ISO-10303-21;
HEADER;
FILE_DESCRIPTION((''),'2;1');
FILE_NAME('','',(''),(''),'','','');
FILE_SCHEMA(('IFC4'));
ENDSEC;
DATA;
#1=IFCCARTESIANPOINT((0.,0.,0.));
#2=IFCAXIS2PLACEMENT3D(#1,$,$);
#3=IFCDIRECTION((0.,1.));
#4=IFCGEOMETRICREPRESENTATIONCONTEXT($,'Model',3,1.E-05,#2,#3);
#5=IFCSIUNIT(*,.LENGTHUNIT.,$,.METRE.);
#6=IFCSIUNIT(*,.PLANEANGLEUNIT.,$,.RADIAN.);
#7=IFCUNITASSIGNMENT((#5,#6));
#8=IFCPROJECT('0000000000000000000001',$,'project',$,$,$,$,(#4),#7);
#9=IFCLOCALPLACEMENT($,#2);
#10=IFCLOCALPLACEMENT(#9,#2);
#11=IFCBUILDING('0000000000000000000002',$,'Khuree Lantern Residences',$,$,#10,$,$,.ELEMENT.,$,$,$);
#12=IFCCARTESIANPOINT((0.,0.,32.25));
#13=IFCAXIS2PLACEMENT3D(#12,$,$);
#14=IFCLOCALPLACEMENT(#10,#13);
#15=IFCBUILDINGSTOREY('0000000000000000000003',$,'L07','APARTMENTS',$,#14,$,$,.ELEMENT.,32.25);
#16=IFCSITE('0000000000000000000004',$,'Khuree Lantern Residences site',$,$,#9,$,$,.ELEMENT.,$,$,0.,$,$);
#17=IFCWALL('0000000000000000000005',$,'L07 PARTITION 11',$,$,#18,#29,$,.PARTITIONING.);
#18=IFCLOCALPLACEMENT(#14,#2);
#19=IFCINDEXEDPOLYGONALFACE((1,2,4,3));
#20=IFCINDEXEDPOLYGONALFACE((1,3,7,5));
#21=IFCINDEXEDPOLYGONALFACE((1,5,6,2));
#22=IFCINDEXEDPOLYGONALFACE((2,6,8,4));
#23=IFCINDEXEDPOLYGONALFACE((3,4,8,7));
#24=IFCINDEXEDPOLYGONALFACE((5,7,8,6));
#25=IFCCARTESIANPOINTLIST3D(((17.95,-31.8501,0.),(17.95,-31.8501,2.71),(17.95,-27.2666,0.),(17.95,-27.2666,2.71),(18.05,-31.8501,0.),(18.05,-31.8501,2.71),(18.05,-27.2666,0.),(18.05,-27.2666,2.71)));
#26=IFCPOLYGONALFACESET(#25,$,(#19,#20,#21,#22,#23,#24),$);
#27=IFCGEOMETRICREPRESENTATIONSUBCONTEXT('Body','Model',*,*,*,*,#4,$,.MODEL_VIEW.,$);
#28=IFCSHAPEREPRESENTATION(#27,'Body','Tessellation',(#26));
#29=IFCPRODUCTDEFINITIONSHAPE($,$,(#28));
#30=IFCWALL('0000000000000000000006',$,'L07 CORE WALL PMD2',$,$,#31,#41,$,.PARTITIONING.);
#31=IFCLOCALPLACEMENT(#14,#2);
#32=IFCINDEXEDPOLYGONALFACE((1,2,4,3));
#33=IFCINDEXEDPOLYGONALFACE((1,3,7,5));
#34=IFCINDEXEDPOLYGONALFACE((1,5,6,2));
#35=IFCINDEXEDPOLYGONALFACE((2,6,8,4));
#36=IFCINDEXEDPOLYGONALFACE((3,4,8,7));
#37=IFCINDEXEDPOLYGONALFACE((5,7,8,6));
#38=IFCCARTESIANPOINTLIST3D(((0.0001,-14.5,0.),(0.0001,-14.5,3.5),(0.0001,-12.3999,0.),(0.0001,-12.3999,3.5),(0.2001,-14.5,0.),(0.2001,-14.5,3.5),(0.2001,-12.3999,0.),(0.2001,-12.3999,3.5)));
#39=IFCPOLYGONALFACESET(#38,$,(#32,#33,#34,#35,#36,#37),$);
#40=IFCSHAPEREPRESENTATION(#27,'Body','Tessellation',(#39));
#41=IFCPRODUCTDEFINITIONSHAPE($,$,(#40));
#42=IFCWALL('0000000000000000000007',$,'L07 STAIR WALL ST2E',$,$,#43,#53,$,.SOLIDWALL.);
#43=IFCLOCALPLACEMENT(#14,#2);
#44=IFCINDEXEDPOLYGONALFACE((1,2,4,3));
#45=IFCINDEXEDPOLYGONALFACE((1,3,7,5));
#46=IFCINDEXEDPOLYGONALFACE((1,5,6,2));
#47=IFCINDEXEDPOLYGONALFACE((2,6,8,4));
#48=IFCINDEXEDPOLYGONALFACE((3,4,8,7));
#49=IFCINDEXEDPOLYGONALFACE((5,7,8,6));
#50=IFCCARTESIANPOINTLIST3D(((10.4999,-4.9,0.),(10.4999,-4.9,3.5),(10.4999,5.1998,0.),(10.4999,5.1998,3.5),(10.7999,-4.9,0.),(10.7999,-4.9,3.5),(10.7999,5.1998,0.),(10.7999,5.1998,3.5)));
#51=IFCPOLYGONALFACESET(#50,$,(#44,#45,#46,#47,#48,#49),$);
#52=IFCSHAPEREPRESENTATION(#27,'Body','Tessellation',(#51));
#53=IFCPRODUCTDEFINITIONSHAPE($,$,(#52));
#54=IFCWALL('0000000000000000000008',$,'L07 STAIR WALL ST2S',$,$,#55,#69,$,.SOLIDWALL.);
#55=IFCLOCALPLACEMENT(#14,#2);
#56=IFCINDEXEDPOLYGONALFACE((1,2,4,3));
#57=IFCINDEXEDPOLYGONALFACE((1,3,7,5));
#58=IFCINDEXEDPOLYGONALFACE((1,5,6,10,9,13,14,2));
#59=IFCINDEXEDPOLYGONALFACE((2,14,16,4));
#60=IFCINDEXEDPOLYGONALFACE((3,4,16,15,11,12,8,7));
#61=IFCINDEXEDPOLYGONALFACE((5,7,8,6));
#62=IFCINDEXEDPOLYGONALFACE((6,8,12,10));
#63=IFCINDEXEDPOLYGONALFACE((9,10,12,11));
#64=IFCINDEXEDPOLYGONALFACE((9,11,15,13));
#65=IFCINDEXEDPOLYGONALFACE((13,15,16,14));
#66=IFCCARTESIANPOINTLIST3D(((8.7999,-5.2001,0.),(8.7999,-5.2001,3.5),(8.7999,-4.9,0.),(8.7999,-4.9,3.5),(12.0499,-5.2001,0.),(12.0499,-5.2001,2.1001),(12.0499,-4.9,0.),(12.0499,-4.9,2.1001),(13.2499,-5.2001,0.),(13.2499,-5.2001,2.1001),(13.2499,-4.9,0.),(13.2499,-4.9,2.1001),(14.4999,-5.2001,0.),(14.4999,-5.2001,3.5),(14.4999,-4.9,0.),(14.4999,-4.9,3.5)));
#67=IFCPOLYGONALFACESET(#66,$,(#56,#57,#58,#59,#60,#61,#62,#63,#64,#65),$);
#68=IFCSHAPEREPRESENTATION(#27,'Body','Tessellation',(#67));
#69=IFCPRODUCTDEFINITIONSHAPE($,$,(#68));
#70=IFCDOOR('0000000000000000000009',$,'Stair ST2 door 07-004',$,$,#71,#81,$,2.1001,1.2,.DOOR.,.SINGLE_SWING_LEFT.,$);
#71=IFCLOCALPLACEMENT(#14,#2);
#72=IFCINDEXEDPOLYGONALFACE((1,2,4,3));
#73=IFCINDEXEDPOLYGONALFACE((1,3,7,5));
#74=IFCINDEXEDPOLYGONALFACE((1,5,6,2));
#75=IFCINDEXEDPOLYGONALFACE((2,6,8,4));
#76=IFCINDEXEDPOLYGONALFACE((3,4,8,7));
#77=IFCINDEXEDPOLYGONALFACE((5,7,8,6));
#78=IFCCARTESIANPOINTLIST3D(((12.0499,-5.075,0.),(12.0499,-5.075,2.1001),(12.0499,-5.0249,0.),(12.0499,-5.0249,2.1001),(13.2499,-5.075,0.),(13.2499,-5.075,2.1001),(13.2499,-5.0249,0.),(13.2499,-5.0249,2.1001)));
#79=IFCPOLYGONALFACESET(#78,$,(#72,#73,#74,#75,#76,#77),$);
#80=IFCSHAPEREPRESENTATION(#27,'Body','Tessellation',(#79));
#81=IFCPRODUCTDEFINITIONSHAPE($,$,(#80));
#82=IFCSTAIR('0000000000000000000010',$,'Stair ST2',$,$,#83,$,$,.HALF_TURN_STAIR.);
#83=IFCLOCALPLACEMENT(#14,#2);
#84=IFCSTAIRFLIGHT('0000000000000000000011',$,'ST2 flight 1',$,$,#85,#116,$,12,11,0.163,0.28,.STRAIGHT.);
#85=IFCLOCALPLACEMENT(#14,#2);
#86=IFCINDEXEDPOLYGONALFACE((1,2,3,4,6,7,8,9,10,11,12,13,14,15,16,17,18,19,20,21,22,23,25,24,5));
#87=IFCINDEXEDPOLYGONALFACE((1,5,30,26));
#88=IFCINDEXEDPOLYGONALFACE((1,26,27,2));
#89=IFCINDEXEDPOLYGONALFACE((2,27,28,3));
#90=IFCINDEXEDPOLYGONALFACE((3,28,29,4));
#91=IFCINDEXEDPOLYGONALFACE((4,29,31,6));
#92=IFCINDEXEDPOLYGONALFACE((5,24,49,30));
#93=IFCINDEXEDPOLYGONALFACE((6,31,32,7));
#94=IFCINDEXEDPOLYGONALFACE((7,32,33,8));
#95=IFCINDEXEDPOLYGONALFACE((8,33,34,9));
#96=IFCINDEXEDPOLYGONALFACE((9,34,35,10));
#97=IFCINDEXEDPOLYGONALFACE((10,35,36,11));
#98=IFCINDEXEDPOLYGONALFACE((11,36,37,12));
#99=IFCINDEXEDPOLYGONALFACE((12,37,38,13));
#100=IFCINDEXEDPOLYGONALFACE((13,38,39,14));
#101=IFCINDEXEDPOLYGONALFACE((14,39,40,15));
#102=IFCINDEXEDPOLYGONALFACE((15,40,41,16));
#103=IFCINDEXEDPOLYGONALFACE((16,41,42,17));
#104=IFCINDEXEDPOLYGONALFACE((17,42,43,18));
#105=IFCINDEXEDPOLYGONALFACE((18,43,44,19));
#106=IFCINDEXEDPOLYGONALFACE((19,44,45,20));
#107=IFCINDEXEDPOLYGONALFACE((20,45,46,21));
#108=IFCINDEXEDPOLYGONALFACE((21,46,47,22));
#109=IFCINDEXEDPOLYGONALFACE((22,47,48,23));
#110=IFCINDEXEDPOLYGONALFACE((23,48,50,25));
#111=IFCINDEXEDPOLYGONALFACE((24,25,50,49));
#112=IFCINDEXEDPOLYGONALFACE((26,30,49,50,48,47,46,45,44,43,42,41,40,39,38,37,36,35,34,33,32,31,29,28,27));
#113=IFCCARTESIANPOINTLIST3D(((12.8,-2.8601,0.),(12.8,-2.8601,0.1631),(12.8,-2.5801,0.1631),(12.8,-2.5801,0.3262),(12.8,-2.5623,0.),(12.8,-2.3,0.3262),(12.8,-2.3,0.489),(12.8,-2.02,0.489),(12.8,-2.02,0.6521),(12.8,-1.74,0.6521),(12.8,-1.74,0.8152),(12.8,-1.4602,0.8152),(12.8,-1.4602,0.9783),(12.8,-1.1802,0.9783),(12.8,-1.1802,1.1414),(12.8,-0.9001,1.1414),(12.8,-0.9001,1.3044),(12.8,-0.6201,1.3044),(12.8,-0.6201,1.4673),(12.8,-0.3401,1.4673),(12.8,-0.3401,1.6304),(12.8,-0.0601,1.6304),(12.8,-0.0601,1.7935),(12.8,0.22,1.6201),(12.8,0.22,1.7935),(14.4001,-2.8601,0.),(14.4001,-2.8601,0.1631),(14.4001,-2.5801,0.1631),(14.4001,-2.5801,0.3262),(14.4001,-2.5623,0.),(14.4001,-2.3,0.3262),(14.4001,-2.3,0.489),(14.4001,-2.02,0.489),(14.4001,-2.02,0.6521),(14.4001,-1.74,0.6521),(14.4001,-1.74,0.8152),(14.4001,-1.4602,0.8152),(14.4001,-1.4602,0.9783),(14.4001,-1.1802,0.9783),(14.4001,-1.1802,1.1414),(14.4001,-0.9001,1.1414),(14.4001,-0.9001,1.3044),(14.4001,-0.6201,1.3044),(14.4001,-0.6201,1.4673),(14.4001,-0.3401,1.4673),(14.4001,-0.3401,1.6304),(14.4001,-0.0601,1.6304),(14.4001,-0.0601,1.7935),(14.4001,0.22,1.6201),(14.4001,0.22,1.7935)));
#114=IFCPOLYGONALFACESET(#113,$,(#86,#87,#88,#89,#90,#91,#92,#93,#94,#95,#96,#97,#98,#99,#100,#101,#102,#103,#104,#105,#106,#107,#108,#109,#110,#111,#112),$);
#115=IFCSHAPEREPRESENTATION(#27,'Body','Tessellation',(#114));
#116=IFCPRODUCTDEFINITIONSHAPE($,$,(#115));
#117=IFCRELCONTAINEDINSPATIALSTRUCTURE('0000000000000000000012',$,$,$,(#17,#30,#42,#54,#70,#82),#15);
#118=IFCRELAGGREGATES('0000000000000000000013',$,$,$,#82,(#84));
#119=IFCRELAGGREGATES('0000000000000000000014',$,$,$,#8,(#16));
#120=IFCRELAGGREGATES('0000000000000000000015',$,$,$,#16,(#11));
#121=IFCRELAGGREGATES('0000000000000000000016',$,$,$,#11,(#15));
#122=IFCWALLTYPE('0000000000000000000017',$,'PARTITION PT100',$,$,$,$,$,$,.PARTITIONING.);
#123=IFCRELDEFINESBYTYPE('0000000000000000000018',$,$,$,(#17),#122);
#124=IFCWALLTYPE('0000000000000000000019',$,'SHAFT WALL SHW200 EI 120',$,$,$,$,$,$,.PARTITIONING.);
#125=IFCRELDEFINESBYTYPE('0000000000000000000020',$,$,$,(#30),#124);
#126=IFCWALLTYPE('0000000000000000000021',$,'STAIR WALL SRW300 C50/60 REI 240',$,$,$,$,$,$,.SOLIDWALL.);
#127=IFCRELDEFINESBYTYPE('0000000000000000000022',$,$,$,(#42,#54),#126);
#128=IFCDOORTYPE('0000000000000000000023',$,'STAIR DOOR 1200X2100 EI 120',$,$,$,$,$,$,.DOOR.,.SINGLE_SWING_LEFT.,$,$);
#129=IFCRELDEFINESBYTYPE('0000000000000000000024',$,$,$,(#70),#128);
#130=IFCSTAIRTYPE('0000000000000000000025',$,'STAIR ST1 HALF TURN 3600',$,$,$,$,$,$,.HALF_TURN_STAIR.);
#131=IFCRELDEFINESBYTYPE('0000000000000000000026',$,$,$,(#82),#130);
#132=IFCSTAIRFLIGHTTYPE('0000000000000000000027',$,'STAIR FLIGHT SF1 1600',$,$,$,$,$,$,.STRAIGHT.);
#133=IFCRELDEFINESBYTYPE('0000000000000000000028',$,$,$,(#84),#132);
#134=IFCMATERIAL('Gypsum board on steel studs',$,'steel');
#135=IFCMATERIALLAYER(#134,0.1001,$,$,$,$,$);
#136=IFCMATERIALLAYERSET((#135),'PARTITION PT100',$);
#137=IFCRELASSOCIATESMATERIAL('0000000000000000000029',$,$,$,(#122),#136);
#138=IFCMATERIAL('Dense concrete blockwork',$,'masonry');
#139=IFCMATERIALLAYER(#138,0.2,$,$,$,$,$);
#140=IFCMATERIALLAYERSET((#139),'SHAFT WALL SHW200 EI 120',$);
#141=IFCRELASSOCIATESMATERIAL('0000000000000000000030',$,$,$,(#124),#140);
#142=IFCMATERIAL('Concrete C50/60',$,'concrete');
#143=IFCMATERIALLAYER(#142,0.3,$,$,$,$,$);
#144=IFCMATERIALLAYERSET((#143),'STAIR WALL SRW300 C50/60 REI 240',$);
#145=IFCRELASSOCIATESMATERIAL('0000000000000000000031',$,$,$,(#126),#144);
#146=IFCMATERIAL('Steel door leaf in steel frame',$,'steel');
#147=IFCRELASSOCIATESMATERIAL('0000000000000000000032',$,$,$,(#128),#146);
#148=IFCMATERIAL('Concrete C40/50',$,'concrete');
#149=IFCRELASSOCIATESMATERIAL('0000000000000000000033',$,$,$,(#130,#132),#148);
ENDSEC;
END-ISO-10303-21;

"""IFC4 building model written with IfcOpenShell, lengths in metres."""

from ifc_helpers import new_model, si_unit, direction, frame, frame_2d, origin, place, context, subcontext, project, spatial, polyline, rectangle, outline, extrude, material, layer, layer_set, type_object, element, fill, aggregate, save


model = new_model("IFC4")

# Units and contexts
model_context = context("Model", 3, precision=1e-05, world=origin(), true_north=direction((0.0, 1.0)))
body_context = subcontext(model_context, "Body", "Model", "MODEL_VIEW")
ifc_project = project(units=[si_unit("LENGTHUNIT", "METRE"), si_unit("PLANEANGLEUNIT", "RADIAN")], contexts=[model_context])

# Site, building, storey
site_placement = place(None, origin())
site = spatial("IfcSite", under=ifc_project, at=site_placement, Name="Khuree Lantern Residences site", CompositionType="ELEMENT", RefElevation=0.0)
building_placement = place(site_placement, origin())
building = spatial("IfcBuilding", under=site, at=building_placement, Name="Khuree Lantern Residences", CompositionType="ELEMENT")
storey_placement = place(building_placement, frame((0.0, 0.0, 32.25)))
storey = spatial("IfcBuildingStorey", under=building, at=storey_placement, Name="L07", Description="APARTMENTS", CompositionType="ELEMENT", Elevation=32.25)

# Shared definitions
ifc_material_1 = material(Name="Dense concrete blockwork", Category="masonry")

# Shared definitions
ifc_material_2 = material(Name="Gypsum board on steel studs", Category="steel")

# Shared definitions
ifc_material_3 = material(Name="Steel door leaf in steel frame", Category="steel")

# Walls
ifc_layer_1 = layer(ifc_material_2, 0.1001)
ifc_layer_set_1 = layer_set([ifc_layer_1], Name="PARTITION PT100")
wall_type_1 = type_object("IfcWallType", Name="PARTITION PT100", PredefinedType="PARTITIONING", material=ifc_layer_set_1)
wall_1_placement = place(storey_placement, frame((18.0, -27.2666, 0.0), z_axis=(0.0, 0.0, 1.0), x_axis=(0.0, -1.0, 0.0)))
element("IfcWall", 1, at=wall_1_placement, inside=storey, type_object=wall_type_1, Name="L07 PARTITION 11", PredefinedType="PARTITIONING", context=body_context, shape_type="SweptSolid", body=[
    extrude(rectangle(XDim=4.5835, YDim=0.1001, at=frame_2d((2.2917, 0.0))), origin(), (0.0, 0.0, 1.0), 2.71),
])
ifc_layer_2 = layer(ifc_material_1, 0.2)
ifc_layer_set_2 = layer_set([ifc_layer_2], Name="SHAFT WALL SHW200 EI 120")
wall_type_2 = type_object("IfcWallType", Name="SHAFT WALL SHW200 EI 120", PredefinedType="PARTITIONING", material=ifc_layer_set_2)
wall_2_placement = place(storey_placement, frame((0.1001, -14.5, 0.0), z_axis=(0.0, 0.0, 1.0), x_axis=(0.0, 1.0, 0.0)))
element("IfcWall", 2, at=wall_2_placement, inside=storey, type_object=wall_type_2, Name="L07 CORE WALL PMD2", PredefinedType="PARTITIONING", context=body_context, shape_type="SweptSolid", body=[
    extrude(rectangle(XDim=2.1001, YDim=0.2, at=frame_2d((1.05, 0.0))), origin(), (0.0, 0.0, 1.0), 3.5),
])
ifc_material_4 = material(Name="Concrete C50/60", Category="concrete")
ifc_layer_3 = layer(ifc_material_4, 0.3)
ifc_layer_set_3 = layer_set([ifc_layer_3], Name="STAIR WALL SRW300 C50/60 REI 240")
wall_type_3 = type_object("IfcWallType", Name="STAIR WALL SRW300 C50/60 REI 240", PredefinedType="SOLIDWALL", material=ifc_layer_set_3)
wall_3_placement = place(storey_placement, frame((10.6499, -4.8999, 0.0), z_axis=(0.0, 0.0, 1.0), x_axis=(0.0, 1.0, 0.0)))
element("IfcWall", 3, at=wall_3_placement, inside=storey, type_object=wall_type_3, Name="L07 STAIR WALL ST2E", PredefinedType="SOLIDWALL", context=body_context, shape_type="SweptSolid", body=[
    extrude(rectangle(XDim=10.0999, YDim=0.3, at=frame_2d((5.0498, 0.0))), origin(), (0.0, 0.0, 1.0), 3.5),
])

# Wall, opening, door
wall_4_placement = place(storey_placement, frame((14.5, -5.05, 0.0), z_axis=(0.0, 0.0, 1.0), x_axis=(-1.0, 0.0, 0.0)))
wall_4 = element("IfcWall", 4, at=wall_4_placement, inside=storey, type_object=wall_type_3, Name="L07 STAIR WALL ST2S", PredefinedType="SOLIDWALL", context=body_context, shape_type="SweptSolid", body=[
    extrude(rectangle(XDim=5.7, YDim=0.3, at=frame_2d((2.8501, 0.0))), origin(), (0.0, 0.0, 1.0), 3.5),
])
opening_1_placement = place(wall_4_placement, frame((1.25, 0.0, 0.0)))
opening_1 = element("IfcOpeningElement", 5, at=opening_1_placement, cuts=wall_4, PredefinedType="OPENING", context=body_context, shape_type="SweptSolid", body=[
    extrude(rectangle(XDim=1.2, YDim=2.1001, at=frame_2d((0.6001, 1.05))), frame((0.0, 0.1602, 0.0), z_axis=(0.0, -1.0, 0.0), x_axis=(1.0, 0.0, 0.0)), (0.0, 0.0, 1.0), 0.3201),
])
door_type_1 = type_object("IfcDoorType", Name="STAIR DOOR 1200X2100 EI 120", OperationType="SINGLE_SWING_LEFT", PredefinedType="DOOR", material=ifc_material_3)
door_1_placement = place(opening_1_placement, origin())
door_1 = element("IfcDoor", 6, at=door_1_placement, inside=storey, type_object=door_type_1, Name="Stair ST2 door 07-004", OperationType="SINGLE_SWING_LEFT", OverallHeight=2.1001, OverallWidth=1.2, PredefinedType="DOOR", context=body_context, shape_type="SweptSolid", body=[
    extrude(rectangle(XDim=1.2, YDim=2.1001, at=frame_2d((0.6001, 1.05))), frame((0.0, 0.0249, 0.0), z_axis=(0.0, -1.0, 0.0), x_axis=(1.0, 0.0, 0.0)), (0.0, 0.0, 1.0), 0.05),
])
fill(opening_1, door_1)

# Stair, stair flight
ifc_material_5 = material(Name="Concrete C40/50", Category="concrete")
stair_type = type_object("IfcStairType", Name="STAIR ST1 HALF TURN 3600", PredefinedType="HALF_TURN_STAIR", material=ifc_material_5)
stair_placement = place(storey_placement, origin())
stair = element("IfcStair", 7, at=stair_placement, inside=storey, type_object=stair_type, Name="Stair ST2", PredefinedType="HALF_TURN_STAIR")
stair_flight_type = type_object("IfcStairFlightType", Name="STAIR FLIGHT SF1 1600", PredefinedType="STRAIGHT", material=ifc_material_5)
stair_flight_placement = place(storey_placement, frame((13.6001, -2.8601, 0.0), z_axis=(0.0, 0.0, 1.0), x_axis=(0.0, 1.0, 0.0)))
stair_flight = element("IfcStairFlight", 8, at=stair_flight_placement, type_object=stair_flight_type, Name="ST2 flight 1", NumberOfRisers=12, NumberOfTreads=11, PredefinedType="STRAIGHT", RiserHeight=0.163, TreadLength=0.28, context=body_context, shape_type="SweptSolid", body=[
    extrude(outline(polyline([(0.0, 0.0), (0.0, 0.1631), (0.28, 0.1631), (0.28, 0.3262), (0.5601, 0.3262), (0.5601, 0.489), (0.8401, 0.489), (0.8401, 0.6521), (1.1201, 0.6521), (1.1201, 0.8152), (1.3999, 0.8152), (1.3999, 0.9783), (1.6799, 0.9783), (1.6799, 1.1414), (1.96, 1.1414), (1.96, 1.3044), (2.24, 1.3044), (2.24, 1.4673), (2.52, 1.4673), (2.52, 1.6304), (2.8, 1.6304), (2.8, 1.7935), (3.0801, 1.7935), (3.0801, 1.9565), (3.0801, 1.6201), (0.2979, 0.0), (0.0, 0.0)])), frame((0.0, 0.8, 0.0), z_axis=(0.0, -1.0, 0.0), x_axis=(1.0, 0.0, 0.0)), (0.0, 0.0, 1.0), 1.6001),
])
aggregate(stair, [stair_flight])

save(model, "model.ifc")
